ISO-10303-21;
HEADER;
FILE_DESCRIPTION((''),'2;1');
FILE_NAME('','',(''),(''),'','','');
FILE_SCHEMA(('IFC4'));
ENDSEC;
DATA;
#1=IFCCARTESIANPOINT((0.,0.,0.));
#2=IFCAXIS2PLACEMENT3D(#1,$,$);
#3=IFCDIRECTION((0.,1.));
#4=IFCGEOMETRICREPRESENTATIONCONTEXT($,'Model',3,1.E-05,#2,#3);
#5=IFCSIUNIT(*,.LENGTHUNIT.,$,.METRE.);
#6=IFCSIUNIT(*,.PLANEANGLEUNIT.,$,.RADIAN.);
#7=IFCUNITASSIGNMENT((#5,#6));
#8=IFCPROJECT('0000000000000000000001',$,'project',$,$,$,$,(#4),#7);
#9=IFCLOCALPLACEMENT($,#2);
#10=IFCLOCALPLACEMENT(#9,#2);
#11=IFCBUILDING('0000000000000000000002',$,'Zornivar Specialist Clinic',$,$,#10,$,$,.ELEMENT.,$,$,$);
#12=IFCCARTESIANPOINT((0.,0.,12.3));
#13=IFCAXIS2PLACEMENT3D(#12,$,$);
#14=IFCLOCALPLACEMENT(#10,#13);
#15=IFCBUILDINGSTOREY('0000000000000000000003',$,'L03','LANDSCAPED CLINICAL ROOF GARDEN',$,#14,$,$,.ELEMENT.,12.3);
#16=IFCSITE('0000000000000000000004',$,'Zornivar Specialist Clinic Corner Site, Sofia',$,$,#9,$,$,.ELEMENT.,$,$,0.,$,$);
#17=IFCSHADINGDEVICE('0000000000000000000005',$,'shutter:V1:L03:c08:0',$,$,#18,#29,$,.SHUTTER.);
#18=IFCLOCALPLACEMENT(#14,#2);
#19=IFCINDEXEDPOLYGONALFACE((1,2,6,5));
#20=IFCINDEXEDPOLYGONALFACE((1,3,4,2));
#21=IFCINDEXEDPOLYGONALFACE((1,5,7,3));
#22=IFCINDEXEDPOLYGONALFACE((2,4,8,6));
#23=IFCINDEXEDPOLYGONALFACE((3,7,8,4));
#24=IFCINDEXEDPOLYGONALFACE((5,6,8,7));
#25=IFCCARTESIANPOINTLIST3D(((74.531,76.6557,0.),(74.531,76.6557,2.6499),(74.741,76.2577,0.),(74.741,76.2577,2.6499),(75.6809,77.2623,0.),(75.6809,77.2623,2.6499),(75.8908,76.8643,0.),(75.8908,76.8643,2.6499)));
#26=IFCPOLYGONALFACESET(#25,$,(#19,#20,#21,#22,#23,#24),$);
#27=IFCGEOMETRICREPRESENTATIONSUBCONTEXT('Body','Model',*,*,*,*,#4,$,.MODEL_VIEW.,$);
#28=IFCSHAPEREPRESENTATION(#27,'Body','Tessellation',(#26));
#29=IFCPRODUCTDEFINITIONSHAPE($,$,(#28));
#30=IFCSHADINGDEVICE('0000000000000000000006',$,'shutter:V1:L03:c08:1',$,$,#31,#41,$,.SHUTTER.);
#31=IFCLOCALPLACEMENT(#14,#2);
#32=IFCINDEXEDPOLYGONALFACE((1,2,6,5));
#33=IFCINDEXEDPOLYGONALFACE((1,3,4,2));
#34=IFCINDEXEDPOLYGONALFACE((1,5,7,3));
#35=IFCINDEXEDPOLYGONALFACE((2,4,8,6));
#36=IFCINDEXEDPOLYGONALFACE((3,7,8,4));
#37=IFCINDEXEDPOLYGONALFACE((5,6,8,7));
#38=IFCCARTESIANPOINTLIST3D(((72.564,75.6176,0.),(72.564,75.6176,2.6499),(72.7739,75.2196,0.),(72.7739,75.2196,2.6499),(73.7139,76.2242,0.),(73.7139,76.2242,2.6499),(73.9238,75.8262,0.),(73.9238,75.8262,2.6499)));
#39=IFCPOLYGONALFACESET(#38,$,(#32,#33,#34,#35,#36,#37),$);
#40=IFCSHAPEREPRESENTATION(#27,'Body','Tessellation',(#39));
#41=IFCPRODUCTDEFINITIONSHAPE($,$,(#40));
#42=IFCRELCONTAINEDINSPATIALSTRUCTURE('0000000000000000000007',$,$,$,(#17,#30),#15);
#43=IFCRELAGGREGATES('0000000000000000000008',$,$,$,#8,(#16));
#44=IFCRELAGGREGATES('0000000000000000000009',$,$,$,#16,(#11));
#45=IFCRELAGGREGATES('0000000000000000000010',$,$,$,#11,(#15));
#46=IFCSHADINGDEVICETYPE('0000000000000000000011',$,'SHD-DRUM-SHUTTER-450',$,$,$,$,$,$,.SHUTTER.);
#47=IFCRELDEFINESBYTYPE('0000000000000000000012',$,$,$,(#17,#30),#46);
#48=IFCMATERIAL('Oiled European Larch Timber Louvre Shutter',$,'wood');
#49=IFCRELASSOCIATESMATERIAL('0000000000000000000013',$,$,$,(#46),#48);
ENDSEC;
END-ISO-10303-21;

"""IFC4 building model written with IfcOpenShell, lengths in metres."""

from ifc_helpers import new_model, si_unit, direction, frame, origin, origin_2d, place, context, subcontext, project, spatial, rectangle, extrude, material, type_object, element, save


model = new_model("IFC4")

# Units and contexts
model_context = context("Model", 3, precision=1e-05, world=origin(), true_north=direction((0.0, 1.0)))
body_context = subcontext(model_context, "Body", "Model", "MODEL_VIEW")
ifc_project = project(units=[si_unit("LENGTHUNIT", "METRE"), si_unit("PLANEANGLEUNIT", "RADIAN")], contexts=[model_context])

# Site, building, storey
site_placement = place(None, origin())
site = spatial("IfcSite", under=ifc_project, at=site_placement, Name="Zornivar Specialist Clinic Corner Site, Sofia", CompositionType="ELEMENT", RefElevation=0.0)
building_placement = place(site_placement, origin())
building = spatial("IfcBuilding", under=site, at=building_placement, Name="Zornivar Specialist Clinic", CompositionType="ELEMENT")
storey_placement = place(building_placement, frame((0.0, 0.0, 12.3)))
storey = spatial("IfcBuildingStorey", under=building, at=storey_placement, Name="L03", Description="LANDSCAPED CLINICAL ROOF GARDEN", CompositionType="ELEMENT", Elevation=12.3)

# Shading devices
ifc_material_1 = material(Name="Oiled European Larch Timber Louvre Shutter", Category="wood")
shading_device_type = type_object("IfcShadingDeviceType", Name="SHD-DRUM-SHUTTER-450", PredefinedType="SHUTTER", material=ifc_material_1)
for number, where, z_axis, x_axis, name in (
    (1, (75.2109, 76.76, 0.0), (0.0, 0.0, 1.0), (-0.88447, -0.466597, 0.0), "shutter:V1:L03:c08:0"),
    (2, (73.2439, 75.7219, 0.0), (0.0, 0.0, 1.0), (-0.88447, -0.466597, 0.0), "shutter:V1:L03:c08:1"),
):
    element("IfcShadingDevice", number, at=place(storey_placement, frame(where, z_axis=z_axis, x_axis=x_axis)), inside=storey, type_object=shading_device_type, Name=name, PredefinedType="SHUTTER", context=body_context, shape_type="SweptSolid", body=[
        extrude(rectangle(XDim=1.3, YDim=0.45, at=origin_2d()), origin(), (0.0, 0.0, 1.0), 2.6499),
    ])

save(model, "model.ifc")
